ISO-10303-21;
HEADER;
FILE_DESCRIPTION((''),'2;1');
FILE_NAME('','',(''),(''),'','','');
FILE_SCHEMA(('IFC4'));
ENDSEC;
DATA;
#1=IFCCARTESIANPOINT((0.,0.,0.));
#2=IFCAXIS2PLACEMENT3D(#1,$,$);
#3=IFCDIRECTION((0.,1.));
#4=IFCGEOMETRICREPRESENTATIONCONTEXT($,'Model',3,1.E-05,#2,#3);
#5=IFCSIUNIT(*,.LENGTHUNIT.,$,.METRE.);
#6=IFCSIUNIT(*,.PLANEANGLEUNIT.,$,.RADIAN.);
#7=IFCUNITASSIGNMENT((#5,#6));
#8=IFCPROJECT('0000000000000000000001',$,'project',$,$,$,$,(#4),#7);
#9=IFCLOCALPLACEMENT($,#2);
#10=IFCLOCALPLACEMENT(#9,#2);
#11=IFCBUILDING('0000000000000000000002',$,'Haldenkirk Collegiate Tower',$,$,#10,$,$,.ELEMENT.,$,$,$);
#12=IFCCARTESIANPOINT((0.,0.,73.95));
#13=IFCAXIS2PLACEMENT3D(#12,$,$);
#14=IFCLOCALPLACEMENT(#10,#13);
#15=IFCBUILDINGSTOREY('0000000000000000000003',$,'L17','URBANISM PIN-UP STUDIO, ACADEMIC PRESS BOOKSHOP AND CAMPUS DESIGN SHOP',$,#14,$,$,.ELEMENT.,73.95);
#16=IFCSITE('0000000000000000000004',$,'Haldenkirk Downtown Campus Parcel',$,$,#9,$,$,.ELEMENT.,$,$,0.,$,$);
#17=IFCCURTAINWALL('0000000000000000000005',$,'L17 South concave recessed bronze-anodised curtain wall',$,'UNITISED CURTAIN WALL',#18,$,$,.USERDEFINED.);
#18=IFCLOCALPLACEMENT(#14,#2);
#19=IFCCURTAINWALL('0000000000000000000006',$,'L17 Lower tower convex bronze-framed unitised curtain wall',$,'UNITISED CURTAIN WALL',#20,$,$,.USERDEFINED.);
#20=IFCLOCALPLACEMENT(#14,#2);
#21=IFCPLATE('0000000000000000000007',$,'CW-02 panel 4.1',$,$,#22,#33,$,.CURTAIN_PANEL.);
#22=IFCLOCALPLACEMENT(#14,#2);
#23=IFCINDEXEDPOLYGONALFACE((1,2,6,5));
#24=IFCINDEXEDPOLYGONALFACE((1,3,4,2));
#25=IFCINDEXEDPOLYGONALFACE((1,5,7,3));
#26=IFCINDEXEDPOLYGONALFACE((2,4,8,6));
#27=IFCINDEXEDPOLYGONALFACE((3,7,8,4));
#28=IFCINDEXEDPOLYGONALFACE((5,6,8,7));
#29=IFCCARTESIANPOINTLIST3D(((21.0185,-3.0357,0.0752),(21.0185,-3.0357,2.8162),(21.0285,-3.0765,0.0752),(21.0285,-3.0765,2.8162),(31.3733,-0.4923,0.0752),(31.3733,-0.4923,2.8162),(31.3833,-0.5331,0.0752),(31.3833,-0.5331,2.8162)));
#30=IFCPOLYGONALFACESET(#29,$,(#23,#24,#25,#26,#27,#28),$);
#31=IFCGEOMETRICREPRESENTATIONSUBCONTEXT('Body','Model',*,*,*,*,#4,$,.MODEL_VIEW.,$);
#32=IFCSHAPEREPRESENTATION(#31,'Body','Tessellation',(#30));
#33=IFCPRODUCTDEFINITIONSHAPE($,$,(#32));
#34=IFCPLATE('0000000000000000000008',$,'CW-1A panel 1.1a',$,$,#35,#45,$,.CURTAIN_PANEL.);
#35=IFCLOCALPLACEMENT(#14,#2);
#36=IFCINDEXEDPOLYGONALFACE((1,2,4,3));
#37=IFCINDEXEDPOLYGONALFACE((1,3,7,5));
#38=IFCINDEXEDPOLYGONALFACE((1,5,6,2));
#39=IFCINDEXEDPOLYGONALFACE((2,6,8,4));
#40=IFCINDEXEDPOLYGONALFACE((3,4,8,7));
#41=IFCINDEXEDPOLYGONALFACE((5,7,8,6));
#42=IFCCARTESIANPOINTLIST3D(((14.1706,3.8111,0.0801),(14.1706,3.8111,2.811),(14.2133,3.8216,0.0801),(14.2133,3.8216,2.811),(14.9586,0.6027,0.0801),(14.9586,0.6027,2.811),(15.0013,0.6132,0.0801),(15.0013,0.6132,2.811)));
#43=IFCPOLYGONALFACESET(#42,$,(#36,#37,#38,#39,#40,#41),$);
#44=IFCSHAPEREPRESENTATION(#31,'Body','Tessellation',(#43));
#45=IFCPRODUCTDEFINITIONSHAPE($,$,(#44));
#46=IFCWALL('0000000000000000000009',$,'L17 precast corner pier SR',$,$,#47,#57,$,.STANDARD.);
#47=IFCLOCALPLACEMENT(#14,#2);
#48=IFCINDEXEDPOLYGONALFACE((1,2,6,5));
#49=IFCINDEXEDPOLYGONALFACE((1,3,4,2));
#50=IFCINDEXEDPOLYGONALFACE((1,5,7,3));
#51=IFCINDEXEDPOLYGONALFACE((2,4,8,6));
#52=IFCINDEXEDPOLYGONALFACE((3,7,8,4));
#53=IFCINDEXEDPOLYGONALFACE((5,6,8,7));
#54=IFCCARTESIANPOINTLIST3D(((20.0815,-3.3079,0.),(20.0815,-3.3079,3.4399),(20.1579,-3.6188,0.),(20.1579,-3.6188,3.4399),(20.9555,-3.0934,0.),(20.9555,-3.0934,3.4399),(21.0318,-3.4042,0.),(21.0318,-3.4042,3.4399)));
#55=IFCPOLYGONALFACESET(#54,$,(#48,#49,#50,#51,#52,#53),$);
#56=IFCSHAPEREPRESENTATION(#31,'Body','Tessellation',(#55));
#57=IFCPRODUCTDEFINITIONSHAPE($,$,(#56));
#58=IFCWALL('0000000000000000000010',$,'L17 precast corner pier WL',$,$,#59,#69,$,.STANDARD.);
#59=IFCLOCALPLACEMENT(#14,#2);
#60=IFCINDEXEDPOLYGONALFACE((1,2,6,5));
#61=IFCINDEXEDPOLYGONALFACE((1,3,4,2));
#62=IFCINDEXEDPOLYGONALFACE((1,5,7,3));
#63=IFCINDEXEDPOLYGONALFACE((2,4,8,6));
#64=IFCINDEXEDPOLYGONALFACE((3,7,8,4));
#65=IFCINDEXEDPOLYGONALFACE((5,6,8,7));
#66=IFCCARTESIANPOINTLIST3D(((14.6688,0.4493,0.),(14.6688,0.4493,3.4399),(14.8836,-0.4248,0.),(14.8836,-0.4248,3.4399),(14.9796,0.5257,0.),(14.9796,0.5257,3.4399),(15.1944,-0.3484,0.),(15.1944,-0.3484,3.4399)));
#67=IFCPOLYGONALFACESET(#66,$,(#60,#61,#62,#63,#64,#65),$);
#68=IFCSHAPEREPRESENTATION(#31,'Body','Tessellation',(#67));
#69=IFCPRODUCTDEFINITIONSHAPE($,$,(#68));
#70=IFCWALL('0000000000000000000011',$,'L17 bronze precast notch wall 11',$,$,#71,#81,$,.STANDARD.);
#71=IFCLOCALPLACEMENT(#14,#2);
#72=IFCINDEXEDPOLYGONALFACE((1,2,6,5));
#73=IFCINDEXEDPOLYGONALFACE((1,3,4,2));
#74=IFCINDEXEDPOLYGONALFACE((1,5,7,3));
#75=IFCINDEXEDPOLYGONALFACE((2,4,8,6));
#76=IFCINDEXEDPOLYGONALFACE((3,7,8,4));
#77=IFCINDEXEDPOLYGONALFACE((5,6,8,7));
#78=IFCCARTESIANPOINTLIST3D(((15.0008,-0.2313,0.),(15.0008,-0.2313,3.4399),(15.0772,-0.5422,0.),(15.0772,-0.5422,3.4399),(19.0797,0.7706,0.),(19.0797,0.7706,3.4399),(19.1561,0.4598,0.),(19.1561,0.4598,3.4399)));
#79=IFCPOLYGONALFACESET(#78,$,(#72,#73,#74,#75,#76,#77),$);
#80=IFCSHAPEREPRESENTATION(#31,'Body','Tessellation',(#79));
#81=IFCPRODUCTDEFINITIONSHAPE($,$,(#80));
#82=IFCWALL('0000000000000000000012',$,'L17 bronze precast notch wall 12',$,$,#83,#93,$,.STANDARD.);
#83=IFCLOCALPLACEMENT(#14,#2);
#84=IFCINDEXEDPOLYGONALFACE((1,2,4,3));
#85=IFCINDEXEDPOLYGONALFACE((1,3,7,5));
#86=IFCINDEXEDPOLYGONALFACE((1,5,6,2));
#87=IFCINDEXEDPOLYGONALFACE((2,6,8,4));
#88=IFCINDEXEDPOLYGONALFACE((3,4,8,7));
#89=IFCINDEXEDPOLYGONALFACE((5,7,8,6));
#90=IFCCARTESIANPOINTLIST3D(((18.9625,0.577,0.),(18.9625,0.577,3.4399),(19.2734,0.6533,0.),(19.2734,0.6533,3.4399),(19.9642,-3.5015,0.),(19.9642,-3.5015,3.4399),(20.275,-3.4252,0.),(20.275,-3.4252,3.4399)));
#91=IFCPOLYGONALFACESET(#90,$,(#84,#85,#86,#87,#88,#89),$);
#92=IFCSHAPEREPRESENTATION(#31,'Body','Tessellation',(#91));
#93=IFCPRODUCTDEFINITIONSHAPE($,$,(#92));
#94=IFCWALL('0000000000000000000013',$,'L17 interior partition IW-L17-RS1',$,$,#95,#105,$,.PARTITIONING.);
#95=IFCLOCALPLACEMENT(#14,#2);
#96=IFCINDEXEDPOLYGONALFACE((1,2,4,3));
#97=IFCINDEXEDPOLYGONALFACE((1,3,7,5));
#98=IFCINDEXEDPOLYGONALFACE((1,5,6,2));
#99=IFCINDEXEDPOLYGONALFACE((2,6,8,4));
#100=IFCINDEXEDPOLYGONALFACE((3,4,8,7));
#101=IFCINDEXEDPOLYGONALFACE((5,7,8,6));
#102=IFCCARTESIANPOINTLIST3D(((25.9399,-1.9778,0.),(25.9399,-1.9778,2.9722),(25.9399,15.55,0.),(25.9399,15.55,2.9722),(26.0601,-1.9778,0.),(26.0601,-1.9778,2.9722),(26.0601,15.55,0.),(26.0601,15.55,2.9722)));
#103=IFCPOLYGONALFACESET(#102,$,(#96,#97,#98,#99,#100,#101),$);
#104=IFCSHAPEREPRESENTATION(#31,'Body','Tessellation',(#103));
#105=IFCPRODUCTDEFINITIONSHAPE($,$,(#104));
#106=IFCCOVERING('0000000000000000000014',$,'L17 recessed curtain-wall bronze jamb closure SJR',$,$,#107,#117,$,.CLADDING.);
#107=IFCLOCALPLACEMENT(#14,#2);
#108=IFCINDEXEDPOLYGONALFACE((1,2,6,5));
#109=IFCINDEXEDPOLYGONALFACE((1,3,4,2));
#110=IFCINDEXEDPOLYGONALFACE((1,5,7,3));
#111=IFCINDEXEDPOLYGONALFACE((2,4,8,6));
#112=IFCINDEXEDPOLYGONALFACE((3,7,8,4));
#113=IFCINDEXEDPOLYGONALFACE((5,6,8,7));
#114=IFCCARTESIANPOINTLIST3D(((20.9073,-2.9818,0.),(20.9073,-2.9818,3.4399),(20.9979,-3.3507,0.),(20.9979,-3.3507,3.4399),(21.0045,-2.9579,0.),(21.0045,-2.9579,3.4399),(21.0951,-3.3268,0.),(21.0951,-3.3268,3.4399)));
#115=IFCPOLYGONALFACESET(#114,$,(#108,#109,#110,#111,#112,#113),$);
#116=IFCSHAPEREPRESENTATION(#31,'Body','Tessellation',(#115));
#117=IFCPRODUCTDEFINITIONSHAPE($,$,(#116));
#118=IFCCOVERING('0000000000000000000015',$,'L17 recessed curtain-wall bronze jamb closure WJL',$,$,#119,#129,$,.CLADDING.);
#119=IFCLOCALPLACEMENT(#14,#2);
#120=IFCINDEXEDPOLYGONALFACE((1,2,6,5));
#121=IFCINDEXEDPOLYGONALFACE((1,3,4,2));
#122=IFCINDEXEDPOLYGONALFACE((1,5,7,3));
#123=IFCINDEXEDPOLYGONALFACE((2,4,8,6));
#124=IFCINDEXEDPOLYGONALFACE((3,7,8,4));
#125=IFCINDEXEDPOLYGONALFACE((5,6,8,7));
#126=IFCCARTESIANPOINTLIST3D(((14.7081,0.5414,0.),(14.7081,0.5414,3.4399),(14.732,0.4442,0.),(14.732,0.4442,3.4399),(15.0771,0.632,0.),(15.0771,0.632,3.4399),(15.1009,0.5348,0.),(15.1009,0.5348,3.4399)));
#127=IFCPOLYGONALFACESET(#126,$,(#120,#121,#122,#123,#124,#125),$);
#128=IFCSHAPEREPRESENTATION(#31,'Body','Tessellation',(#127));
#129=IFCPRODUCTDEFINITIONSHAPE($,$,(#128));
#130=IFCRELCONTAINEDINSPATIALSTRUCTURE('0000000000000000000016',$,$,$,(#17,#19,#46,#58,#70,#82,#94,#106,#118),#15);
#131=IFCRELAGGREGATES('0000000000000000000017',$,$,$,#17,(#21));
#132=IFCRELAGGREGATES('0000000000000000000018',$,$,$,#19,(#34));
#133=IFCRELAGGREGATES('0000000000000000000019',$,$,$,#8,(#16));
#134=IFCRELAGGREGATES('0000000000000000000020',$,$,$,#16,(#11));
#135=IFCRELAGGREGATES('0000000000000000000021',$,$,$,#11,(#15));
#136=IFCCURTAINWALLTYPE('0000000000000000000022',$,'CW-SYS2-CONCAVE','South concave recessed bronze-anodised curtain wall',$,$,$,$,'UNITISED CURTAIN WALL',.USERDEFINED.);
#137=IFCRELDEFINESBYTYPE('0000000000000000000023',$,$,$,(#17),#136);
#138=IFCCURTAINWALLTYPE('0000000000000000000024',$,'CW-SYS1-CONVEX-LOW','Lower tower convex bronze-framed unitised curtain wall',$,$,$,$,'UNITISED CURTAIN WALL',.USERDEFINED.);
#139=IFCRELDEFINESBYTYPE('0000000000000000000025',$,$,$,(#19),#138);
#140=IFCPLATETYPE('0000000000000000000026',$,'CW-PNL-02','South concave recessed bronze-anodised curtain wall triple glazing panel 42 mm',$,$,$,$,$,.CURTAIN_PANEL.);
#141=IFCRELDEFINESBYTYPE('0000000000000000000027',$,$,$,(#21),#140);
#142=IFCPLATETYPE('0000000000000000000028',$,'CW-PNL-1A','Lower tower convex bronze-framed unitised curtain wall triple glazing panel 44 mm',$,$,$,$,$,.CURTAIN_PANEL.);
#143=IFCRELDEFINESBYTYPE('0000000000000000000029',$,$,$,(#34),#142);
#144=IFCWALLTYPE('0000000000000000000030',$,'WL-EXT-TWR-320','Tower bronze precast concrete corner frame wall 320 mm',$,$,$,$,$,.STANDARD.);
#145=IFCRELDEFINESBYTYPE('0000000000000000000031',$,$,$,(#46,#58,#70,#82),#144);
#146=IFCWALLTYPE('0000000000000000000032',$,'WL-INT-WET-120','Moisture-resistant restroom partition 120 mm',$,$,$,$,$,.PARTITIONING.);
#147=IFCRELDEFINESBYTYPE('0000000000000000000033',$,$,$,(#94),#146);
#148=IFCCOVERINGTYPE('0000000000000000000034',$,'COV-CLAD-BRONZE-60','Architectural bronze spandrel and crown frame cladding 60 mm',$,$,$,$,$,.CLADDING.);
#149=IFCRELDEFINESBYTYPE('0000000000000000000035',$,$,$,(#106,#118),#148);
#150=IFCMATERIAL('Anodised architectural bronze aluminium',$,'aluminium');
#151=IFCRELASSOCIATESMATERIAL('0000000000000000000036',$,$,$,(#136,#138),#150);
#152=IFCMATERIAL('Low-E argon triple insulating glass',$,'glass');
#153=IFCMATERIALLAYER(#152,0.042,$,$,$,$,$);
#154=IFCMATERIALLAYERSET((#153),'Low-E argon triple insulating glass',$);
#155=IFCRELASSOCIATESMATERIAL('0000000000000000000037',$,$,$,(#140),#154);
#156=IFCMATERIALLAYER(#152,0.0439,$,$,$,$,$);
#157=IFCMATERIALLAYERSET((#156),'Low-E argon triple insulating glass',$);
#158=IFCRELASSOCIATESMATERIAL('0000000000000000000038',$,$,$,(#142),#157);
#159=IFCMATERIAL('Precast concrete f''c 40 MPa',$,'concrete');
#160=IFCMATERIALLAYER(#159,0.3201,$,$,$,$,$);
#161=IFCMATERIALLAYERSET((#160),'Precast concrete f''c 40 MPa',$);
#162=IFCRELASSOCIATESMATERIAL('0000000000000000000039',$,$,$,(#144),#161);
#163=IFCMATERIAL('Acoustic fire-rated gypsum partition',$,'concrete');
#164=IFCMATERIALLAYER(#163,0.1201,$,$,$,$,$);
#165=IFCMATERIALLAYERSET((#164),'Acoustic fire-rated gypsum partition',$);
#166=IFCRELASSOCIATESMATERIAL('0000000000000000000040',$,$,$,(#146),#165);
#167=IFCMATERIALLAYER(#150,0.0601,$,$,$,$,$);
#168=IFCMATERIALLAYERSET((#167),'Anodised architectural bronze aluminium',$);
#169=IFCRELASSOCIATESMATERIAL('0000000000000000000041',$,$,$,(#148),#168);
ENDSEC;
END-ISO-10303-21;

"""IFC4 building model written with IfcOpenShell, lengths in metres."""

from ifc_helpers import new_model, si_unit, direction, frame, frame_2d, origin, origin_2d, place, context, subcontext, project, spatial, rectangle, extrude, source, transform, mapped, material, layer, layer_set, type_object, element, aggregate, save


model = new_model("IFC4")

# Units and contexts
model_context = context("Model", 3, precision=1e-05, world=origin(), true_north=direction((0.0, 1.0)))
body_context = subcontext(model_context, "Body", "Model", "MODEL_VIEW")
ifc_project = project(units=[si_unit("LENGTHUNIT", "METRE"), si_unit("PLANEANGLEUNIT", "RADIAN")], contexts=[model_context])

# Site, building, storey
site_placement = place(None, origin())
site = spatial("IfcSite", under=ifc_project, at=site_placement, Name="Haldenkirk Downtown Campus Parcel", CompositionType="ELEMENT", RefElevation=0.0)
building_placement = place(site_placement, origin())
building = spatial("IfcBuilding", under=site, at=building_placement, Name="Haldenkirk Collegiate Tower", CompositionType="ELEMENT")
storey_placement = place(building_placement, frame((0.0, 0.0, 73.95)))
storey = spatial("IfcBuildingStorey", under=building, at=storey_placement, Name="L17", Description="URBANISM PIN-UP STUDIO, ACADEMIC PRESS BOOKSHOP AND CAMPUS DESIGN SHOP", CompositionType="ELEMENT", Elevation=73.95)

# Curtain wall
ifc_material_1 = material(Name="Anodised architectural bronze aluminium", Category="aluminium")
curtain_wall_type_1 = type_object("IfcCurtainWallType", Name="CW-SYS2-CONCAVE", Description="South concave recessed bronze-anodised curtain wall", ElementType="UNITISED CURTAIN WALL", PredefinedType="USERDEFINED", material=ifc_material_1)
curtain_wall_1_placement = place(storey_placement, origin())
curtain_wall_1 = element("IfcCurtainWall", 1, at=curtain_wall_1_placement, inside=storey, type_object=curtain_wall_type_1, Name="L17 South concave recessed bronze-anodised curtain wall", ObjectType="UNITISED CURTAIN WALL", PredefinedType="USERDEFINED")

# Curtain wall
curtain_wall_type_2 = type_object("IfcCurtainWallType", Name="CW-SYS1-CONVEX-LOW", Description="Lower tower convex bronze-framed unitised curtain wall", ElementType="UNITISED CURTAIN WALL", PredefinedType="USERDEFINED", material=ifc_material_1)
curtain_wall_2_placement = place(storey_placement, origin())
curtain_wall_2 = element("IfcCurtainWall", 2, at=curtain_wall_2_placement, inside=storey, type_object=curtain_wall_type_2, Name="L17 Lower tower convex bronze-framed unitised curtain wall", ObjectType="UNITISED CURTAIN WALL", PredefinedType="USERDEFINED")

# Plates
ifc_material_2 = material(Name="Low-E argon triple insulating glass", Category="glass")
ifc_layer_1 = layer(ifc_material_2, 0.042)
ifc_layer_set_1 = layer_set([ifc_layer_1], Name="Low-E argon triple insulating glass")
plate_type_1 = type_object("IfcPlateType", Name="CW-PNL-02", Description="South concave recessed bronze-anodised curtain wall triple glazing panel 42 mm", PredefinedType="CURTAIN_PANEL", material=ifc_layer_set_1)
shared_shape_1 = source(origin(), body_context, "Body", "SweptSolid", [
    extrude(rectangle(XDim=10.6626, YDim=0.042, at=origin_2d()), origin(), (0.0, 0.0, 1.0), 2.741),
])
plate_1_placement = place(storey_placement, frame((26.2009, -1.7844, 0.0752), z_axis=(0.0, 0.0, 1.0), x_axis=(-0.971134, -0.238533, 0.0)))
plate_1 = element("IfcPlate", 3, at=plate_1_placement, type_object=plate_type_1, Name="CW-02 panel 4.1", PredefinedType="CURTAIN_PANEL", context=body_context, shape_type="MappedRepresentation", body=[
    mapped(shared_shape_1, transform((0.0, 0.0, 0.0), x_axis=(1.0, 0.0, 0.0), y_axis=(0.0, 1.0, 0.0), z_axis=(0.0, 0.0, 1.0), scale=1.0)),
])
aggregate(curtain_wall_1, [plate_1])
ifc_layer_2 = layer(ifc_material_2, 0.0439)
ifc_layer_set_2 = layer_set([ifc_layer_2], Name="Low-E argon triple insulating glass")
plate_type_2 = type_object("IfcPlateType", Name="CW-PNL-1A", Description="Lower tower convex bronze-framed unitised curtain wall triple glazing panel 44 mm", PredefinedType="CURTAIN_PANEL", material=ifc_layer_set_2)
shared_shape_2 = source(origin(), body_context, "Body", "SweptSolid", [
    extrude(rectangle(XDim=3.3037, YDim=0.0439, at=origin_2d()), origin(), (0.0, 0.0, 1.0), 2.731),
])
plate_2_placement = place(storey_placement, frame((14.5859, 2.2122, 0.0801), z_axis=(0.0, 0.0, 1.0), x_axis=(-0.238532, 0.971135, 0.0)))
plate_2 = element("IfcPlate", 4, at=plate_2_placement, type_object=plate_type_2, Name="CW-1A panel 1.1a", PredefinedType="CURTAIN_PANEL", context=body_context, shape_type="MappedRepresentation", body=[
    mapped(shared_shape_2, transform((0.0, 0.0, 0.0), x_axis=(1.0, 0.0, 0.0), y_axis=(0.0, 1.0, 0.0), z_axis=(0.0, 0.0, 1.0), scale=1.0)),
])
aggregate(curtain_wall_2, [plate_2])

# Walls
ifc_material_3 = material(Name="Precast concrete f'c 40 MPa", Category="concrete")
ifc_layer_3 = layer(ifc_material_3, 0.3201)
ifc_layer_set_3 = layer_set([ifc_layer_3], Name="Precast concrete f'c 40 MPa")
wall_type_1 = type_object("IfcWallType", Name="WL-EXT-TWR-320", Description="Tower bronze precast concrete corner frame wall 320 mm", PredefinedType="STANDARD", material=ifc_layer_set_3)
wall_1_placement = place(storey_placement, frame((20.9937, -3.2488, 0.0), z_axis=(0.0, 0.0, 1.0), x_axis=(-0.971155, -0.238448, 0.0)))
element("IfcWall", 5, at=wall_1_placement, inside=storey, type_object=wall_type_1, Name="L17 precast corner pier SR", PredefinedType="STANDARD", context=body_context, shape_type="SweptSolid", body=[
    extrude(rectangle(XDim=0.8999, YDim=0.3201, at=frame_2d((0.45, 0.0))), origin(), (0.0, 0.0, 1.0), 3.4399),
])
wall_2_placement = place(storey_placement, frame((15.0391, -0.3867, 0.0), z_axis=(0.0, 0.0, 1.0), x_axis=(-0.238704, 0.971092, 0.0)))
element("IfcWall", 6, at=wall_2_placement, inside=storey, type_object=wall_type_1, Name="L17 precast corner pier WL", PredefinedType="STANDARD", context=body_context, shape_type="SweptSolid", body=[
    extrude(rectangle(XDim=0.9001, YDim=0.3201, at=frame_2d((0.4502, 0.0))), origin(), (0.0, 0.0, 1.0), 3.4399),
])
wall_3_placement = place(storey_placement, frame((19.1179, 0.6152, 0.0), z_axis=(0.0, 0.0, 1.0), x_axis=(-0.971129, -0.238554, 0.0)))
element("IfcWall", 7, at=wall_3_placement, inside=storey, type_object=wall_type_1, Name="L17 bronze precast notch wall 11", PredefinedType="STANDARD", context=body_context, shape_type="SweptSolid", body=[
    extrude(rectangle(XDim=4.2002, YDim=0.3201, at=frame_2d((2.1001, 0.0))), origin(), (0.0, 0.0, 1.0), 3.4399),
])
wall_4_placement = place(storey_placement, frame((20.1196, -3.4634, 0.0), z_axis=(0.0, 0.0, 1.0), x_axis=(-0.238512, 0.971139, 0.0)))
element("IfcWall", 8, at=wall_4_placement, inside=storey, type_object=wall_type_1, Name="L17 bronze precast notch wall 12", PredefinedType="STANDARD", context=body_context, shape_type="SweptSolid", body=[
    extrude(rectangle(XDim=4.1997, YDim=0.3201, at=frame_2d((2.0999, 0.0))), origin(), (0.0, 0.0, 1.0), 3.4399),
])
ifc_material_4 = material(Name="Acoustic fire-rated gypsum partition", Category="concrete")
ifc_layer_4 = layer(ifc_material_4, 0.1201)
ifc_layer_set_4 = layer_set([ifc_layer_4], Name="Acoustic fire-rated gypsum partition")
wall_type_2 = type_object("IfcWallType", Name="WL-INT-WET-120", Description="Moisture-resistant restroom partition 120 mm", PredefinedType="PARTITIONING", material=ifc_layer_set_4)
wall_5_placement = place(storey_placement, frame((26.0, -1.9778, 0.0), z_axis=(0.0, 0.0, 1.0), x_axis=(0.0, 1.0, 0.0)))
element("IfcWall", 9, at=wall_5_placement, inside=storey, type_object=wall_type_2, Name="L17 interior partition IW-L17-RS1", PredefinedType="PARTITIONING", context=body_context, shape_type="SweptSolid", body=[
    extrude(rectangle(XDim=17.5278, YDim=0.1201, at=frame_2d((8.7639, 0.0))), origin(), (0.0, 0.0, 1.0), 2.9722),
])

# Coverings
ifc_layer_5 = layer(ifc_material_1, 0.0601)
ifc_layer_set_5 = layer_set([ifc_layer_5], Name="Anodised architectural bronze aluminium")
covering_type = type_object("IfcCoveringType", Name="COV-CLAD-BRONZE-60", Description="Architectural bronze spandrel and crown frame cladding 60 mm", PredefinedType="CLADDING", material=ifc_layer_set_5)
shared_shape_3 = source(origin(), body_context, "Body", "SweptSolid", [
    extrude(rectangle(XDim=0.1001, YDim=0.3799, at=origin_2d()), origin(), (0.0, 0.0, 1.0), 3.4399),
])
for number, where, z_axis, x_axis, name in (
    (10, (21.0012, -3.1543, 0.0), (0.0, 0.0, 1.0), (-0.971134, -0.238533, 0.0), "L17 recessed curtain-wall bronze jamb closure SJR"),
    (11, (14.9045, 0.5381, 0.0), (0.0, 0.0, 1.0), (-0.238533, 0.971134, 0.0), "L17 recessed curtain-wall bronze jamb closure WJL"),
):
    element("IfcCovering", number, at=place(storey_placement, frame(where, z_axis=z_axis, x_axis=x_axis)), inside=storey, type_object=covering_type, Name=name, PredefinedType="CLADDING", context=body_context, shape_type="MappedRepresentation", body=[
        mapped(shared_shape_3, transform((0.0, 0.0, 0.0), x_axis=(1.0, 0.0, 0.0), y_axis=(0.0, 1.0, 0.0), z_axis=(0.0, 0.0, 1.0), scale=1.0)),
    ])

save(model, "model.ifc")
